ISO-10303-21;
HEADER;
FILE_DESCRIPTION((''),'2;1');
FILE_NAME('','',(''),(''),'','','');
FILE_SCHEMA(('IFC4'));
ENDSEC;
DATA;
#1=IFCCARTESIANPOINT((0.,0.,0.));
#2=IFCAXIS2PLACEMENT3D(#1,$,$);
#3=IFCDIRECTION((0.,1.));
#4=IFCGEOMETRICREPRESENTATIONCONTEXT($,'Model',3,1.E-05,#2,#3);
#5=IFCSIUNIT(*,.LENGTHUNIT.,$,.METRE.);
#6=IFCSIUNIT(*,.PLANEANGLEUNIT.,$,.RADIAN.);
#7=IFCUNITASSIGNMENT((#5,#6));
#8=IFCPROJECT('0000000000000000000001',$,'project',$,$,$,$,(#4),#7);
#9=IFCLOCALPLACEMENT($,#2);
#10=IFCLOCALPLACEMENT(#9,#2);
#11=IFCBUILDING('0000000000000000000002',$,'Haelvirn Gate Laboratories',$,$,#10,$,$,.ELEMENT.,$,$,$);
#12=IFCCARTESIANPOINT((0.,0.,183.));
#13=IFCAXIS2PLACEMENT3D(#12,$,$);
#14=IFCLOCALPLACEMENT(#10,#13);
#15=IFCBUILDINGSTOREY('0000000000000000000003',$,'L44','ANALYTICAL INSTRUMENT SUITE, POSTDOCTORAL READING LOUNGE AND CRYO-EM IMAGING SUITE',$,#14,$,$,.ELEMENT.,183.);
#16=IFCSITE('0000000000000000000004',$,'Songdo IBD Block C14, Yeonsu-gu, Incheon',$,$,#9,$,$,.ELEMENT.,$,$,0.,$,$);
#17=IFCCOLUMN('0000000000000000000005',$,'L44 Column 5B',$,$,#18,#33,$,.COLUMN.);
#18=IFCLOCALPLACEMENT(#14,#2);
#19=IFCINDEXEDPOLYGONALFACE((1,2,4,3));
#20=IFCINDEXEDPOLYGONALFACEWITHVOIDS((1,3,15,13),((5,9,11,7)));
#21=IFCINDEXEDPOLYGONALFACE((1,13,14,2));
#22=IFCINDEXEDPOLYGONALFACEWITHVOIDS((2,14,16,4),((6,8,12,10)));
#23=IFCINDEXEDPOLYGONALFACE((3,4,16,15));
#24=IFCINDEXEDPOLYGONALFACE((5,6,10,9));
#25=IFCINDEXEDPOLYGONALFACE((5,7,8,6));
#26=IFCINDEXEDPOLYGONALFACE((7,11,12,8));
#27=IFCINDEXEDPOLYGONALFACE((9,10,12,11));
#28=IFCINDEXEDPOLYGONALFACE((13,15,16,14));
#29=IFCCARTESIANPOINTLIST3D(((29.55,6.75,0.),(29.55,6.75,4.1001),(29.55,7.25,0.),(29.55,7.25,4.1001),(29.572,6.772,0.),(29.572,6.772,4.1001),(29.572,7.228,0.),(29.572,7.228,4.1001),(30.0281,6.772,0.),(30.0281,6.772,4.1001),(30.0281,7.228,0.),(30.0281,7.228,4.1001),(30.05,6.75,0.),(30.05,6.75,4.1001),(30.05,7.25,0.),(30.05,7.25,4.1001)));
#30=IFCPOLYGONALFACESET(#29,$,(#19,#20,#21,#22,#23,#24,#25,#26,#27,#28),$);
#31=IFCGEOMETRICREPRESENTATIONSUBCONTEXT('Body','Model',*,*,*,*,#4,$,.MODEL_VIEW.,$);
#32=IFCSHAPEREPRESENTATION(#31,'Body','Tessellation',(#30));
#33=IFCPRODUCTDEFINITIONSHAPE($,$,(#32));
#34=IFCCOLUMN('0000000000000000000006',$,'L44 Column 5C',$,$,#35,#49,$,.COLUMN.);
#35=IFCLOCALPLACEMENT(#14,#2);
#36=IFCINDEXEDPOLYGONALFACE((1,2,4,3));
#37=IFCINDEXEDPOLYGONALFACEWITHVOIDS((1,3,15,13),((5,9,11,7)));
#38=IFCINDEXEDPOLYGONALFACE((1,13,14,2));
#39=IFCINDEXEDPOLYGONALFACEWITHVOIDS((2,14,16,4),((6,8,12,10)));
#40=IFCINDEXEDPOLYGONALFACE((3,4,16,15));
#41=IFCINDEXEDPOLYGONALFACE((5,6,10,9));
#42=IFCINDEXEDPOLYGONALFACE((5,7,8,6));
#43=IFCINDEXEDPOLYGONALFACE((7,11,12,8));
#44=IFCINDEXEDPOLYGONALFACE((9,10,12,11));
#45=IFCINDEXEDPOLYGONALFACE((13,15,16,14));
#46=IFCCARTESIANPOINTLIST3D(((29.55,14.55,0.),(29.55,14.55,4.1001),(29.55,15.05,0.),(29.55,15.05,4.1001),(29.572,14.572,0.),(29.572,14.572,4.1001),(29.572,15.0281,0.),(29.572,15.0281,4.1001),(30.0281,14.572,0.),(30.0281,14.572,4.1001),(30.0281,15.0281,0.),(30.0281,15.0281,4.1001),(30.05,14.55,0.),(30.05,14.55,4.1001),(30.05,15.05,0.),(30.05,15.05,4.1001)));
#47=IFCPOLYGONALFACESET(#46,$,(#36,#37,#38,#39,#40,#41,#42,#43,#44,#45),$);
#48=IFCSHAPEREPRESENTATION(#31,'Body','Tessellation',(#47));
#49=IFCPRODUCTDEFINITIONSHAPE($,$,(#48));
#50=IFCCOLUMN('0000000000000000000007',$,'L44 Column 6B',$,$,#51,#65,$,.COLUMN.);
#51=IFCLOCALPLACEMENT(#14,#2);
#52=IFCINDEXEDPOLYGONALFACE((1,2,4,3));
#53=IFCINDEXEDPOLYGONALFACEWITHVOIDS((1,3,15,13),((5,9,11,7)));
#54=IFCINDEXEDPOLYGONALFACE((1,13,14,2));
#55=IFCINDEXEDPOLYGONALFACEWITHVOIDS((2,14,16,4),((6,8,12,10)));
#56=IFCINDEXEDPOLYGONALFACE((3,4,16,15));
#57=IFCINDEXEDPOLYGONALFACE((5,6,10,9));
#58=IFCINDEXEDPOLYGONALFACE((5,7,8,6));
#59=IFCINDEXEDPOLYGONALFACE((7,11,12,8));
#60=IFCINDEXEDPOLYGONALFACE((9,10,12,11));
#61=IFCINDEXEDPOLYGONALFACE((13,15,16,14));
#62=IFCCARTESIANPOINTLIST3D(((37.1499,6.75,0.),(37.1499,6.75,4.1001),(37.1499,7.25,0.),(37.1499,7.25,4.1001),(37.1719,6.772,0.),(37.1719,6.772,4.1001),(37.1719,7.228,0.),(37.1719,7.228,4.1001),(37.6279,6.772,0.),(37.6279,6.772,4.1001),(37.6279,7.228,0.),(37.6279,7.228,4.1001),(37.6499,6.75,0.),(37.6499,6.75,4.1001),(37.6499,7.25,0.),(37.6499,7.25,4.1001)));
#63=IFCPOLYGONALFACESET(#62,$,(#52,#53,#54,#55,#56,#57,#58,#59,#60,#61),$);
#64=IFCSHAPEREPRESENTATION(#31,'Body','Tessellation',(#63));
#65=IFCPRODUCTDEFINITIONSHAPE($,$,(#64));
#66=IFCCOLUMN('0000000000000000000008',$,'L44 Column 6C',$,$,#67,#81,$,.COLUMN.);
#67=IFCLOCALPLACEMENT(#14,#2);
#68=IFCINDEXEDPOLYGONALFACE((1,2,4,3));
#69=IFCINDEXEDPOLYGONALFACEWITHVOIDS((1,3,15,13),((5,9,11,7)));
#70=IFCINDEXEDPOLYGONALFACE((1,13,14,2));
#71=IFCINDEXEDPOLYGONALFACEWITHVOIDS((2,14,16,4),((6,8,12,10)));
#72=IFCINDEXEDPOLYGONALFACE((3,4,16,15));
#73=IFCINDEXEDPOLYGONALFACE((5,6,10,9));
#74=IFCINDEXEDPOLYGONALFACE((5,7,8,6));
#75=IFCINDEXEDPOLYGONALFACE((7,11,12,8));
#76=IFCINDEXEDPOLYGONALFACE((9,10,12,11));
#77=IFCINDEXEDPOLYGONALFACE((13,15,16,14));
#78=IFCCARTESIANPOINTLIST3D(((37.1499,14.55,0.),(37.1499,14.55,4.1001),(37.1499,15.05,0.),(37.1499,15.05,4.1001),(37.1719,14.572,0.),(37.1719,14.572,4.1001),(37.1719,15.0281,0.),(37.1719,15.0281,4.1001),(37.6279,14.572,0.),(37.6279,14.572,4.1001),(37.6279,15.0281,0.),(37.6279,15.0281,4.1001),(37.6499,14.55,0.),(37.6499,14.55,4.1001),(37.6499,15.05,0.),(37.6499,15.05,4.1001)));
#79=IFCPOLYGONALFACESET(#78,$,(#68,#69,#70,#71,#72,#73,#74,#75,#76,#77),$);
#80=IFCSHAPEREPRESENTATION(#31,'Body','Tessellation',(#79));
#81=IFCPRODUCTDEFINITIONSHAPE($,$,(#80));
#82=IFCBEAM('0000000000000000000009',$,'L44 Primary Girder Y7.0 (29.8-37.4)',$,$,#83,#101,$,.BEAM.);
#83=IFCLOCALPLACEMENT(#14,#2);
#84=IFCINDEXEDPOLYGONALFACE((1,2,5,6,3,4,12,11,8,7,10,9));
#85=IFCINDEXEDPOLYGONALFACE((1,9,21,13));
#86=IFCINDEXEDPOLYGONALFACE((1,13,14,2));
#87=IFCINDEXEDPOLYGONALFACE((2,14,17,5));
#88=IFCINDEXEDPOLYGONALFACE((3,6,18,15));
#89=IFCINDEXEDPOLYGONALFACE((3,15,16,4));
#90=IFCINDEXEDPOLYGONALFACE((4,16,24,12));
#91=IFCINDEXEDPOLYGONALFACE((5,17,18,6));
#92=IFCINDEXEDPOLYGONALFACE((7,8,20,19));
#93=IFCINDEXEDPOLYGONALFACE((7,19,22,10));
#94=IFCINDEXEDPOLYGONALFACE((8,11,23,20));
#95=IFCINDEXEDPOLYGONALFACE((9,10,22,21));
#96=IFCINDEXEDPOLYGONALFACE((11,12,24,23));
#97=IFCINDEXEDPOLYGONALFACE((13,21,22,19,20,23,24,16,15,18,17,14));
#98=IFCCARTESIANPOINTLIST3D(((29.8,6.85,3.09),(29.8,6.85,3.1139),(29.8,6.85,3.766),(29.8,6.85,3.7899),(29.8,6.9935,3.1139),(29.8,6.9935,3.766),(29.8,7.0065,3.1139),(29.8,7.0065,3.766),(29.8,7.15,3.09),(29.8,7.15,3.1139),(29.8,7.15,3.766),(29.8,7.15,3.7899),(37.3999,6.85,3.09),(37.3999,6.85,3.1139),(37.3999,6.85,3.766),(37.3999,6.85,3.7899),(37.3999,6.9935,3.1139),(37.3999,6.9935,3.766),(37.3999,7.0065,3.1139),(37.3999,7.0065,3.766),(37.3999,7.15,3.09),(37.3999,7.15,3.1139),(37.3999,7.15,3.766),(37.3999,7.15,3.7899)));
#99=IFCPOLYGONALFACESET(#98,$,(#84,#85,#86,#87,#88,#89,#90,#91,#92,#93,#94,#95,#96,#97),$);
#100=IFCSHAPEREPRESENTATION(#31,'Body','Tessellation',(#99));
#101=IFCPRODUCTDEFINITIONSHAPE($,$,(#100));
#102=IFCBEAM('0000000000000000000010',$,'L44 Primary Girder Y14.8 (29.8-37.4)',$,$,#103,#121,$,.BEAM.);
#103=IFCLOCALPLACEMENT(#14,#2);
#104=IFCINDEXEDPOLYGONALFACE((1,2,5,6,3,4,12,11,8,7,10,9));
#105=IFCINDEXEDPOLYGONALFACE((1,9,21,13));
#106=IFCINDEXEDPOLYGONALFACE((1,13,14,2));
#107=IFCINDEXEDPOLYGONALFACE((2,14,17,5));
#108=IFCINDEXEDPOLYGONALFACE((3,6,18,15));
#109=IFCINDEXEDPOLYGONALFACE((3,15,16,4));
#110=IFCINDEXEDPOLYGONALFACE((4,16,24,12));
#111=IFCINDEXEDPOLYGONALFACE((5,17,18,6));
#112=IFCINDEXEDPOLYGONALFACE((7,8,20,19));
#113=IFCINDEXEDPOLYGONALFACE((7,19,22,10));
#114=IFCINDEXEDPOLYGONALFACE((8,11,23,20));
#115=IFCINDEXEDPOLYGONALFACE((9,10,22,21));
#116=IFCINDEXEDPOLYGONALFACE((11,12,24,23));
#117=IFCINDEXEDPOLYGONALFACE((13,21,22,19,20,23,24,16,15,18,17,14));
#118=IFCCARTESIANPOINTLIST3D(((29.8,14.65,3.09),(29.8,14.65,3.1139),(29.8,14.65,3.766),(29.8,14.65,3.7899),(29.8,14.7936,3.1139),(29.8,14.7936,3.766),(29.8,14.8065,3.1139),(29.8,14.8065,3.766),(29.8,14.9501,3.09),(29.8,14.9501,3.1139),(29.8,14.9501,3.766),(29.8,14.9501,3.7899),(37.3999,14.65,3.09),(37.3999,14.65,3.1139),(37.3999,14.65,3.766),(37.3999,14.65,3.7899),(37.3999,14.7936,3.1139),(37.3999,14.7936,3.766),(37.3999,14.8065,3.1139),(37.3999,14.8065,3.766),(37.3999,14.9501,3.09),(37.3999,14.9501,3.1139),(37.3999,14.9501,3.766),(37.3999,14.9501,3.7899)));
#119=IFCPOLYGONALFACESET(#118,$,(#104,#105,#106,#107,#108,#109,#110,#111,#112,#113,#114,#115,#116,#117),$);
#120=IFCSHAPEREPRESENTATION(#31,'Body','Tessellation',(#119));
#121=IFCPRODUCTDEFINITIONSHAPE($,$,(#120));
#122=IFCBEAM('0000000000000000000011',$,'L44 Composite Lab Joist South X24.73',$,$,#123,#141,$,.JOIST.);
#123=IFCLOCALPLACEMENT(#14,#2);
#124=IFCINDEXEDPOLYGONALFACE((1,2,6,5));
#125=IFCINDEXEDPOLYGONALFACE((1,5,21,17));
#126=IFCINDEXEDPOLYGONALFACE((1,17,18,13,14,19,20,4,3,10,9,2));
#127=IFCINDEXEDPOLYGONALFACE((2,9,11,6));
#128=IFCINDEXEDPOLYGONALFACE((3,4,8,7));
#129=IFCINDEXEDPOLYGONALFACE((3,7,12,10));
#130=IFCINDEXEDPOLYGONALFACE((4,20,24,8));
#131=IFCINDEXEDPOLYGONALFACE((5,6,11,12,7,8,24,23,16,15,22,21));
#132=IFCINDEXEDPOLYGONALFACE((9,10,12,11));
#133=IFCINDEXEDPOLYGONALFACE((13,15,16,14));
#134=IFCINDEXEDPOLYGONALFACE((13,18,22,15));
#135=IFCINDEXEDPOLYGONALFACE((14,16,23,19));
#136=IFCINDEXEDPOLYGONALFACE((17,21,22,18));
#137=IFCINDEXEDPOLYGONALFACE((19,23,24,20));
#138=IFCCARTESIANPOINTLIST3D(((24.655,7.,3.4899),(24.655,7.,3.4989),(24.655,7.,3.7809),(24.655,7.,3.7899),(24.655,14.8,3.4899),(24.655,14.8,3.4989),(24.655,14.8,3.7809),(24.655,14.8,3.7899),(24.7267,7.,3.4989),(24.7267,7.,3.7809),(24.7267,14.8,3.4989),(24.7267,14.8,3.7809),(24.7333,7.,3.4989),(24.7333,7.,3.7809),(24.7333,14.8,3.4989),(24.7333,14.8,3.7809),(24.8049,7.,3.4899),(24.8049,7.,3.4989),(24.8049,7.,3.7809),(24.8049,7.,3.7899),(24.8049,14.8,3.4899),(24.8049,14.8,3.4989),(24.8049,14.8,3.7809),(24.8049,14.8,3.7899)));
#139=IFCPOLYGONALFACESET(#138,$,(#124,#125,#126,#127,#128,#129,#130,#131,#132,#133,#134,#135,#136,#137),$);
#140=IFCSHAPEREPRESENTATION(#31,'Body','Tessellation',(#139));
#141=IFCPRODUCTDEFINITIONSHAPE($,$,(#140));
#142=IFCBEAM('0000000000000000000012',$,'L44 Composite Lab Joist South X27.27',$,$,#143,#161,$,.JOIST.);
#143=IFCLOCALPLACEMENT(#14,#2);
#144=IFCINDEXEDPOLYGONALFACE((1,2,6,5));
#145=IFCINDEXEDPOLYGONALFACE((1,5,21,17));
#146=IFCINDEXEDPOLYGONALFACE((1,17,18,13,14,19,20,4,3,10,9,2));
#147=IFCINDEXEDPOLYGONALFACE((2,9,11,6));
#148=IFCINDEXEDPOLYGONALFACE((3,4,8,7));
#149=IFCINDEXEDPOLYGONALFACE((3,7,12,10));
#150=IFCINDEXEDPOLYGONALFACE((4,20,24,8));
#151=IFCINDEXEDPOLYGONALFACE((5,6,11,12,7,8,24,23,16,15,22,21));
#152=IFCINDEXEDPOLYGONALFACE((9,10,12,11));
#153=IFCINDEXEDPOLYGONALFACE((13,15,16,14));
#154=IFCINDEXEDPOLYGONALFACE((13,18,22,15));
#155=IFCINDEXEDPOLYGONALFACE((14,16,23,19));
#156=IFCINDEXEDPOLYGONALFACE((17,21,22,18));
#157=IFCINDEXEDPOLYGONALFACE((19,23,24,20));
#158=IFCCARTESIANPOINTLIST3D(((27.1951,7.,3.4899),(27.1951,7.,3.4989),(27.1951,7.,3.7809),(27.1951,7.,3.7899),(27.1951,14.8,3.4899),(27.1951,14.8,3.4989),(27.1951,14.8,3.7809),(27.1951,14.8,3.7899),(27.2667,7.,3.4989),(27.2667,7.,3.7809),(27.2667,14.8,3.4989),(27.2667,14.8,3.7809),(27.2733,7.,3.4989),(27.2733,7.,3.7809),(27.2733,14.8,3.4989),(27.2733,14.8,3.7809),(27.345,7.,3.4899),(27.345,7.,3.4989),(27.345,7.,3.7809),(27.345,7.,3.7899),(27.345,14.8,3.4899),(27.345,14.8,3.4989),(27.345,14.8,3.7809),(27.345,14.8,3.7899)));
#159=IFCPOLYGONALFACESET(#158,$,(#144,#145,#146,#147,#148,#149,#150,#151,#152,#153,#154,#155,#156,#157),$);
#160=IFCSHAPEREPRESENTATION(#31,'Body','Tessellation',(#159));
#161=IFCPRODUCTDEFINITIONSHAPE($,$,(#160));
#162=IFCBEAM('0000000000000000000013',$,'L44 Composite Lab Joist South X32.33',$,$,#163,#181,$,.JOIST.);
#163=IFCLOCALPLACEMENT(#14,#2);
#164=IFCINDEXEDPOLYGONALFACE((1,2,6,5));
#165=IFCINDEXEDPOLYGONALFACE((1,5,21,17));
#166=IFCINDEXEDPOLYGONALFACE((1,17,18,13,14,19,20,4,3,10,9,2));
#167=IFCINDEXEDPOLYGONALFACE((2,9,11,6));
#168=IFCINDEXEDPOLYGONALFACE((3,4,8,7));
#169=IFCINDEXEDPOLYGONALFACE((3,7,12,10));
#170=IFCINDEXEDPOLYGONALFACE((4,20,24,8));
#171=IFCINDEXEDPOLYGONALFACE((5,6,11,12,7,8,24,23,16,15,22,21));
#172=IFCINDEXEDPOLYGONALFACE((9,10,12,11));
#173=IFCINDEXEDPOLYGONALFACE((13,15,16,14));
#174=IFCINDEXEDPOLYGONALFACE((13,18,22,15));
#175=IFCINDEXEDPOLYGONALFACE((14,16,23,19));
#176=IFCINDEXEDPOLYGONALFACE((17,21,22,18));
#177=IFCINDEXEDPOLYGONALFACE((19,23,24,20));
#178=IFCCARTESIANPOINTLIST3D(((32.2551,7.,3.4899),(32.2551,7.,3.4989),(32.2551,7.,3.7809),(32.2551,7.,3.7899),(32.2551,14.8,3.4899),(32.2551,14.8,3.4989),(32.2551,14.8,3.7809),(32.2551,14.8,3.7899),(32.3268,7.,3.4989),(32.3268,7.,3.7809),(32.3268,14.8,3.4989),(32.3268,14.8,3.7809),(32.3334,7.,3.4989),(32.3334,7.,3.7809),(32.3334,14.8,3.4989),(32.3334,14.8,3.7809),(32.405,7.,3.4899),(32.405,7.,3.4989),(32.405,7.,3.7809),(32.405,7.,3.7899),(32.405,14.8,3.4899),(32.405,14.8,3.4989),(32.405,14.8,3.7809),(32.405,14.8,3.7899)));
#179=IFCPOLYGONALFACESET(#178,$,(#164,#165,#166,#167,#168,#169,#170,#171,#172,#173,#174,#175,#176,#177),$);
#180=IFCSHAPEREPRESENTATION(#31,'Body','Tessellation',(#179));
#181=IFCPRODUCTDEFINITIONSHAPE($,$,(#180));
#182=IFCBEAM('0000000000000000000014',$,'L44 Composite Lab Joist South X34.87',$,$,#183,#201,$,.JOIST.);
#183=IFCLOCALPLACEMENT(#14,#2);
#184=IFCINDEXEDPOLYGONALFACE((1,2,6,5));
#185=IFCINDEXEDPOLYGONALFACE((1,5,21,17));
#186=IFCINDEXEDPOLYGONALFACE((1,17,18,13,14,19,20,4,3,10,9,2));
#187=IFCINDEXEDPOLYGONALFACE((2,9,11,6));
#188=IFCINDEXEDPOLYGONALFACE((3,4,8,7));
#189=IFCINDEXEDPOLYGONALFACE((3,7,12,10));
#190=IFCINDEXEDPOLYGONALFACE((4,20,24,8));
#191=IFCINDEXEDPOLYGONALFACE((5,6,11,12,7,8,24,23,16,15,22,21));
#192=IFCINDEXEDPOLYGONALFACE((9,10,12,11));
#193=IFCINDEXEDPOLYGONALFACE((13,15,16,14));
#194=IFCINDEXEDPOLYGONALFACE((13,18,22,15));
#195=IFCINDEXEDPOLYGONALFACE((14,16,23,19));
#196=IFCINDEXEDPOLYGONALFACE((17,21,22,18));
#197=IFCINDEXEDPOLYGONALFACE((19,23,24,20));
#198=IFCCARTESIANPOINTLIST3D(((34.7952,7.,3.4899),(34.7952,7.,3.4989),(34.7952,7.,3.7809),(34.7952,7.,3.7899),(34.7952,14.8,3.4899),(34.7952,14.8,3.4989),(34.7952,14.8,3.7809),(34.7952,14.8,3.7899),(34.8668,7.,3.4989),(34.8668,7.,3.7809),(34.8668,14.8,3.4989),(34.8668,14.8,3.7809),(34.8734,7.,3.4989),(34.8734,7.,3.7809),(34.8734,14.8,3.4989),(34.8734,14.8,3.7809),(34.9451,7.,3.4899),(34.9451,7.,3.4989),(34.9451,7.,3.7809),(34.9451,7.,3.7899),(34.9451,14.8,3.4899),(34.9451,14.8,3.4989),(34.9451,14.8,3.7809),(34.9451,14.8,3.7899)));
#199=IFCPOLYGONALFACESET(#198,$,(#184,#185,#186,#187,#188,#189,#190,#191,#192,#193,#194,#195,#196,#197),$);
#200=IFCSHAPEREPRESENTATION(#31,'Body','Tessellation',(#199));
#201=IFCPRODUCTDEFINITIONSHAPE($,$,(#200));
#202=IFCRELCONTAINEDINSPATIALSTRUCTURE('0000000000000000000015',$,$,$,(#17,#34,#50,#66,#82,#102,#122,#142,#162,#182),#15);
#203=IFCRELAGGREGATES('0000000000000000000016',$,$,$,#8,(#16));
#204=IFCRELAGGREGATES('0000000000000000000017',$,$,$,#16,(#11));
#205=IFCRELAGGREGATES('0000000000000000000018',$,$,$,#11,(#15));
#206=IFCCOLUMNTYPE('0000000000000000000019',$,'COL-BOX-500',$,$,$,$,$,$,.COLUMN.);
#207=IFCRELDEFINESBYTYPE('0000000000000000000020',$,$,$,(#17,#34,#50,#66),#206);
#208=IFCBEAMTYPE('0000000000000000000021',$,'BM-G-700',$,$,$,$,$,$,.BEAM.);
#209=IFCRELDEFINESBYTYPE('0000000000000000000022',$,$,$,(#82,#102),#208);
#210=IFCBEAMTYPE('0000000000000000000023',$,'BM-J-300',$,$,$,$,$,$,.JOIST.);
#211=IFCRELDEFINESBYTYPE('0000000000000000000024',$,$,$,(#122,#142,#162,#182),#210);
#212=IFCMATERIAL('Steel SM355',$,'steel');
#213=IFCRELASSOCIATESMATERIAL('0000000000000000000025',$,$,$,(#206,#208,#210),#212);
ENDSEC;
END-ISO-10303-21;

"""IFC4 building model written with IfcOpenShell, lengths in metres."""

from ifc_helpers import new_model, si_unit, direction, frame, origin, origin_2d, place, context, subcontext, project, spatial, hollow_rectangle, i_section, extrude, source, transform, mapped, material, material_profile, profile_set, type_object, type_shapes, element, save


model = new_model("IFC4")

# Units and contexts
model_context = context("Model", 3, precision=1e-05, world=origin(), true_north=direction((0.0, 1.0)))
body_context = subcontext(model_context, "Body", "Model", "MODEL_VIEW")
ifc_project = project(units=[si_unit("LENGTHUNIT", "METRE"), si_unit("PLANEANGLEUNIT", "RADIAN")], contexts=[model_context])

# Site, building, storey
site_placement = place(None, origin())
site = spatial("IfcSite", under=ifc_project, at=site_placement, Name="Songdo IBD Block C14, Yeonsu-gu, Incheon", CompositionType="ELEMENT", RefElevation=0.0)
building_placement = place(site_placement, origin())
building = spatial("IfcBuilding", under=site, at=building_placement, Name="Haelvirn Gate Laboratories", CompositionType="ELEMENT")
storey_placement = place(building_placement, frame((0.0, 0.0, 183.0)))
storey = spatial("IfcBuildingStorey", under=building, at=storey_placement, Name="L44", Description="ANALYTICAL INSTRUMENT SUITE, POSTDOCTORAL READING LOUNGE AND CRYO-EM IMAGING SUITE", CompositionType="ELEMENT", Elevation=183.0)

# Columns
ifc_material_1 = material(Name="Steel SM355", Category="steel")
ifc_material_profile_1 = material_profile(ifc_material_1, hollow_rectangle(XDim=0.5, YDim=0.5, WallThickness=0.022, at=origin_2d()), Name="BOX-500x500x22")
ifc_profile_set_1 = profile_set([ifc_material_profile_1], Name="Steel SM355")
column_type = type_object("IfcColumnType", Name="COL-BOX-500", PredefinedType="COLUMN", material=ifc_profile_set_1)
shared_shape_1 = source(origin(), body_context, "Body", "SweptSolid", [
    extrude(hollow_rectangle(XDim=0.5, YDim=0.5, WallThickness=0.022, at=origin_2d()), origin(), (0.0, 0.0, 1.0), 4.1001),
])
type_shapes(column_type, [shared_shape_1])
for number, where, z_axis, x_axis, name in (
    (1, (29.8, 7.0, 0.0), (0.0, 0.0, 1.0), (1.0, 0.0, 0.0), "L44 Column 5B"),
    (2, (29.8, 14.8, 0.0), (0.0, 0.0, 1.0), (1.0, 0.0, 0.0), "L44 Column 5C"),
    (3, (37.3999, 7.0, 0.0), (0.0, 0.0, 1.0), (1.0, 0.0, 0.0), "L44 Column 6B"),
    (4, (37.3999, 14.8, 0.0), (0.0, 0.0, 1.0), (1.0, 0.0, 0.0), "L44 Column 6C"),
):
    element("IfcColumn", number, at=place(storey_placement, frame(where, z_axis=z_axis, x_axis=x_axis)), inside=storey, type_object=column_type, Name=name, PredefinedType="COLUMN", context=body_context, shape_type="MappedRepresentation", body=[
        mapped(shared_shape_1, transform((0.0, 0.0, 0.0), scale=1.0)),
    ])

# Beams
ifc_material_profile_2 = material_profile(ifc_material_1, i_section(OverallWidth=0.3, OverallDepth=0.7, WebThickness=0.0129, FlangeThickness=0.0239, at=origin_2d()), Name="H-700x300x13x24")
ifc_profile_set_2 = profile_set([ifc_material_profile_2], Name="Steel SM355")
beam_type_1 = type_object("IfcBeamType", Name="BM-G-700", PredefinedType="BEAM", material=ifc_profile_set_2)
shared_shape_2 = source(origin(), body_context, "Body", "SweptSolid", [
    extrude(i_section(OverallWidth=0.3, OverallDepth=0.7, WebThickness=0.0129, FlangeThickness=0.0239, at=origin_2d()), origin(), (0.0, 0.0, 1.0), 7.5999),
])
type_shapes(beam_type_1, [shared_shape_2])
for number, where, z_axis, x_axis, name in (
    (5, (29.8, 7.0, 3.4399), (1.0, 0.0, 0.0), (0.0, 1.0, 0.0), "L44 Primary Girder Y7.0 (29.8-37.4)"),
    (6, (29.8, 14.8, 3.4399), (1.0, 0.0, 0.0), (0.0, 1.0, 0.0), "L44 Primary Girder Y14.8 (29.8-37.4)"),
):
    element("IfcBeam", number, at=place(storey_placement, frame(where, z_axis=z_axis, x_axis=x_axis)), inside=storey, type_object=beam_type_1, Name=name, PredefinedType="BEAM", context=body_context, shape_type="MappedRepresentation", body=[
        mapped(shared_shape_2, transform((0.0, 0.0, 0.0), scale=1.0)),
    ])
ifc_material_profile_3 = material_profile(ifc_material_1, i_section(OverallWidth=0.1499, OverallDepth=0.3, WebThickness=0.0066, FlangeThickness=0.009, at=origin_2d()), Name="H-300x150x6.5x9")
ifc_profile_set_3 = profile_set([ifc_material_profile_3], Name="Steel SM355")
beam_type_2 = type_object("IfcBeamType", Name="BM-J-300", PredefinedType="JOIST", material=ifc_profile_set_3)
shared_shape_3 = source(origin(), body_context, "Body", "SweptSolid", [
    extrude(i_section(OverallWidth=0.1499, OverallDepth=0.3, WebThickness=0.0066, FlangeThickness=0.009, at=origin_2d()), origin(), (0.0, 0.0, 1.0), 7.8),
])
type_shapes(beam_type_2, [shared_shape_3])
for number, where, z_axis, x_axis, name in (
    (7, (24.73, 7.0, 3.6399), (0.0, 1.0, 0.0), (-1.0, 0.0, 0.0), "L44 Composite Lab Joist South X24.73"),
    (8, (27.27, 7.0, 3.6399), (0.0, 1.0, 0.0), (-1.0, 0.0, 0.0), "L44 Composite Lab Joist South X27.27"),
    (9, (32.3301, 7.0, 3.6399), (0.0, 1.0, 0.0), (-1.0, 0.0, 0.0), "L44 Composite Lab Joist South X32.33"),
    (10, (34.8701, 7.0, 3.6399), (0.0, 1.0, 0.0), (-1.0, 0.0, 0.0), "L44 Composite Lab Joist South X34.87"),
):
    element("IfcBeam", number, at=place(storey_placement, frame(where, z_axis=z_axis, x_axis=x_axis)), inside=storey, type_object=beam_type_2, Name=name, PredefinedType="JOIST", context=body_context, shape_type="MappedRepresentation", body=[
        mapped(shared_shape_3, transform((0.0, 0.0, 0.0), scale=1.0)),
    ])

save(model, "model.ifc")
